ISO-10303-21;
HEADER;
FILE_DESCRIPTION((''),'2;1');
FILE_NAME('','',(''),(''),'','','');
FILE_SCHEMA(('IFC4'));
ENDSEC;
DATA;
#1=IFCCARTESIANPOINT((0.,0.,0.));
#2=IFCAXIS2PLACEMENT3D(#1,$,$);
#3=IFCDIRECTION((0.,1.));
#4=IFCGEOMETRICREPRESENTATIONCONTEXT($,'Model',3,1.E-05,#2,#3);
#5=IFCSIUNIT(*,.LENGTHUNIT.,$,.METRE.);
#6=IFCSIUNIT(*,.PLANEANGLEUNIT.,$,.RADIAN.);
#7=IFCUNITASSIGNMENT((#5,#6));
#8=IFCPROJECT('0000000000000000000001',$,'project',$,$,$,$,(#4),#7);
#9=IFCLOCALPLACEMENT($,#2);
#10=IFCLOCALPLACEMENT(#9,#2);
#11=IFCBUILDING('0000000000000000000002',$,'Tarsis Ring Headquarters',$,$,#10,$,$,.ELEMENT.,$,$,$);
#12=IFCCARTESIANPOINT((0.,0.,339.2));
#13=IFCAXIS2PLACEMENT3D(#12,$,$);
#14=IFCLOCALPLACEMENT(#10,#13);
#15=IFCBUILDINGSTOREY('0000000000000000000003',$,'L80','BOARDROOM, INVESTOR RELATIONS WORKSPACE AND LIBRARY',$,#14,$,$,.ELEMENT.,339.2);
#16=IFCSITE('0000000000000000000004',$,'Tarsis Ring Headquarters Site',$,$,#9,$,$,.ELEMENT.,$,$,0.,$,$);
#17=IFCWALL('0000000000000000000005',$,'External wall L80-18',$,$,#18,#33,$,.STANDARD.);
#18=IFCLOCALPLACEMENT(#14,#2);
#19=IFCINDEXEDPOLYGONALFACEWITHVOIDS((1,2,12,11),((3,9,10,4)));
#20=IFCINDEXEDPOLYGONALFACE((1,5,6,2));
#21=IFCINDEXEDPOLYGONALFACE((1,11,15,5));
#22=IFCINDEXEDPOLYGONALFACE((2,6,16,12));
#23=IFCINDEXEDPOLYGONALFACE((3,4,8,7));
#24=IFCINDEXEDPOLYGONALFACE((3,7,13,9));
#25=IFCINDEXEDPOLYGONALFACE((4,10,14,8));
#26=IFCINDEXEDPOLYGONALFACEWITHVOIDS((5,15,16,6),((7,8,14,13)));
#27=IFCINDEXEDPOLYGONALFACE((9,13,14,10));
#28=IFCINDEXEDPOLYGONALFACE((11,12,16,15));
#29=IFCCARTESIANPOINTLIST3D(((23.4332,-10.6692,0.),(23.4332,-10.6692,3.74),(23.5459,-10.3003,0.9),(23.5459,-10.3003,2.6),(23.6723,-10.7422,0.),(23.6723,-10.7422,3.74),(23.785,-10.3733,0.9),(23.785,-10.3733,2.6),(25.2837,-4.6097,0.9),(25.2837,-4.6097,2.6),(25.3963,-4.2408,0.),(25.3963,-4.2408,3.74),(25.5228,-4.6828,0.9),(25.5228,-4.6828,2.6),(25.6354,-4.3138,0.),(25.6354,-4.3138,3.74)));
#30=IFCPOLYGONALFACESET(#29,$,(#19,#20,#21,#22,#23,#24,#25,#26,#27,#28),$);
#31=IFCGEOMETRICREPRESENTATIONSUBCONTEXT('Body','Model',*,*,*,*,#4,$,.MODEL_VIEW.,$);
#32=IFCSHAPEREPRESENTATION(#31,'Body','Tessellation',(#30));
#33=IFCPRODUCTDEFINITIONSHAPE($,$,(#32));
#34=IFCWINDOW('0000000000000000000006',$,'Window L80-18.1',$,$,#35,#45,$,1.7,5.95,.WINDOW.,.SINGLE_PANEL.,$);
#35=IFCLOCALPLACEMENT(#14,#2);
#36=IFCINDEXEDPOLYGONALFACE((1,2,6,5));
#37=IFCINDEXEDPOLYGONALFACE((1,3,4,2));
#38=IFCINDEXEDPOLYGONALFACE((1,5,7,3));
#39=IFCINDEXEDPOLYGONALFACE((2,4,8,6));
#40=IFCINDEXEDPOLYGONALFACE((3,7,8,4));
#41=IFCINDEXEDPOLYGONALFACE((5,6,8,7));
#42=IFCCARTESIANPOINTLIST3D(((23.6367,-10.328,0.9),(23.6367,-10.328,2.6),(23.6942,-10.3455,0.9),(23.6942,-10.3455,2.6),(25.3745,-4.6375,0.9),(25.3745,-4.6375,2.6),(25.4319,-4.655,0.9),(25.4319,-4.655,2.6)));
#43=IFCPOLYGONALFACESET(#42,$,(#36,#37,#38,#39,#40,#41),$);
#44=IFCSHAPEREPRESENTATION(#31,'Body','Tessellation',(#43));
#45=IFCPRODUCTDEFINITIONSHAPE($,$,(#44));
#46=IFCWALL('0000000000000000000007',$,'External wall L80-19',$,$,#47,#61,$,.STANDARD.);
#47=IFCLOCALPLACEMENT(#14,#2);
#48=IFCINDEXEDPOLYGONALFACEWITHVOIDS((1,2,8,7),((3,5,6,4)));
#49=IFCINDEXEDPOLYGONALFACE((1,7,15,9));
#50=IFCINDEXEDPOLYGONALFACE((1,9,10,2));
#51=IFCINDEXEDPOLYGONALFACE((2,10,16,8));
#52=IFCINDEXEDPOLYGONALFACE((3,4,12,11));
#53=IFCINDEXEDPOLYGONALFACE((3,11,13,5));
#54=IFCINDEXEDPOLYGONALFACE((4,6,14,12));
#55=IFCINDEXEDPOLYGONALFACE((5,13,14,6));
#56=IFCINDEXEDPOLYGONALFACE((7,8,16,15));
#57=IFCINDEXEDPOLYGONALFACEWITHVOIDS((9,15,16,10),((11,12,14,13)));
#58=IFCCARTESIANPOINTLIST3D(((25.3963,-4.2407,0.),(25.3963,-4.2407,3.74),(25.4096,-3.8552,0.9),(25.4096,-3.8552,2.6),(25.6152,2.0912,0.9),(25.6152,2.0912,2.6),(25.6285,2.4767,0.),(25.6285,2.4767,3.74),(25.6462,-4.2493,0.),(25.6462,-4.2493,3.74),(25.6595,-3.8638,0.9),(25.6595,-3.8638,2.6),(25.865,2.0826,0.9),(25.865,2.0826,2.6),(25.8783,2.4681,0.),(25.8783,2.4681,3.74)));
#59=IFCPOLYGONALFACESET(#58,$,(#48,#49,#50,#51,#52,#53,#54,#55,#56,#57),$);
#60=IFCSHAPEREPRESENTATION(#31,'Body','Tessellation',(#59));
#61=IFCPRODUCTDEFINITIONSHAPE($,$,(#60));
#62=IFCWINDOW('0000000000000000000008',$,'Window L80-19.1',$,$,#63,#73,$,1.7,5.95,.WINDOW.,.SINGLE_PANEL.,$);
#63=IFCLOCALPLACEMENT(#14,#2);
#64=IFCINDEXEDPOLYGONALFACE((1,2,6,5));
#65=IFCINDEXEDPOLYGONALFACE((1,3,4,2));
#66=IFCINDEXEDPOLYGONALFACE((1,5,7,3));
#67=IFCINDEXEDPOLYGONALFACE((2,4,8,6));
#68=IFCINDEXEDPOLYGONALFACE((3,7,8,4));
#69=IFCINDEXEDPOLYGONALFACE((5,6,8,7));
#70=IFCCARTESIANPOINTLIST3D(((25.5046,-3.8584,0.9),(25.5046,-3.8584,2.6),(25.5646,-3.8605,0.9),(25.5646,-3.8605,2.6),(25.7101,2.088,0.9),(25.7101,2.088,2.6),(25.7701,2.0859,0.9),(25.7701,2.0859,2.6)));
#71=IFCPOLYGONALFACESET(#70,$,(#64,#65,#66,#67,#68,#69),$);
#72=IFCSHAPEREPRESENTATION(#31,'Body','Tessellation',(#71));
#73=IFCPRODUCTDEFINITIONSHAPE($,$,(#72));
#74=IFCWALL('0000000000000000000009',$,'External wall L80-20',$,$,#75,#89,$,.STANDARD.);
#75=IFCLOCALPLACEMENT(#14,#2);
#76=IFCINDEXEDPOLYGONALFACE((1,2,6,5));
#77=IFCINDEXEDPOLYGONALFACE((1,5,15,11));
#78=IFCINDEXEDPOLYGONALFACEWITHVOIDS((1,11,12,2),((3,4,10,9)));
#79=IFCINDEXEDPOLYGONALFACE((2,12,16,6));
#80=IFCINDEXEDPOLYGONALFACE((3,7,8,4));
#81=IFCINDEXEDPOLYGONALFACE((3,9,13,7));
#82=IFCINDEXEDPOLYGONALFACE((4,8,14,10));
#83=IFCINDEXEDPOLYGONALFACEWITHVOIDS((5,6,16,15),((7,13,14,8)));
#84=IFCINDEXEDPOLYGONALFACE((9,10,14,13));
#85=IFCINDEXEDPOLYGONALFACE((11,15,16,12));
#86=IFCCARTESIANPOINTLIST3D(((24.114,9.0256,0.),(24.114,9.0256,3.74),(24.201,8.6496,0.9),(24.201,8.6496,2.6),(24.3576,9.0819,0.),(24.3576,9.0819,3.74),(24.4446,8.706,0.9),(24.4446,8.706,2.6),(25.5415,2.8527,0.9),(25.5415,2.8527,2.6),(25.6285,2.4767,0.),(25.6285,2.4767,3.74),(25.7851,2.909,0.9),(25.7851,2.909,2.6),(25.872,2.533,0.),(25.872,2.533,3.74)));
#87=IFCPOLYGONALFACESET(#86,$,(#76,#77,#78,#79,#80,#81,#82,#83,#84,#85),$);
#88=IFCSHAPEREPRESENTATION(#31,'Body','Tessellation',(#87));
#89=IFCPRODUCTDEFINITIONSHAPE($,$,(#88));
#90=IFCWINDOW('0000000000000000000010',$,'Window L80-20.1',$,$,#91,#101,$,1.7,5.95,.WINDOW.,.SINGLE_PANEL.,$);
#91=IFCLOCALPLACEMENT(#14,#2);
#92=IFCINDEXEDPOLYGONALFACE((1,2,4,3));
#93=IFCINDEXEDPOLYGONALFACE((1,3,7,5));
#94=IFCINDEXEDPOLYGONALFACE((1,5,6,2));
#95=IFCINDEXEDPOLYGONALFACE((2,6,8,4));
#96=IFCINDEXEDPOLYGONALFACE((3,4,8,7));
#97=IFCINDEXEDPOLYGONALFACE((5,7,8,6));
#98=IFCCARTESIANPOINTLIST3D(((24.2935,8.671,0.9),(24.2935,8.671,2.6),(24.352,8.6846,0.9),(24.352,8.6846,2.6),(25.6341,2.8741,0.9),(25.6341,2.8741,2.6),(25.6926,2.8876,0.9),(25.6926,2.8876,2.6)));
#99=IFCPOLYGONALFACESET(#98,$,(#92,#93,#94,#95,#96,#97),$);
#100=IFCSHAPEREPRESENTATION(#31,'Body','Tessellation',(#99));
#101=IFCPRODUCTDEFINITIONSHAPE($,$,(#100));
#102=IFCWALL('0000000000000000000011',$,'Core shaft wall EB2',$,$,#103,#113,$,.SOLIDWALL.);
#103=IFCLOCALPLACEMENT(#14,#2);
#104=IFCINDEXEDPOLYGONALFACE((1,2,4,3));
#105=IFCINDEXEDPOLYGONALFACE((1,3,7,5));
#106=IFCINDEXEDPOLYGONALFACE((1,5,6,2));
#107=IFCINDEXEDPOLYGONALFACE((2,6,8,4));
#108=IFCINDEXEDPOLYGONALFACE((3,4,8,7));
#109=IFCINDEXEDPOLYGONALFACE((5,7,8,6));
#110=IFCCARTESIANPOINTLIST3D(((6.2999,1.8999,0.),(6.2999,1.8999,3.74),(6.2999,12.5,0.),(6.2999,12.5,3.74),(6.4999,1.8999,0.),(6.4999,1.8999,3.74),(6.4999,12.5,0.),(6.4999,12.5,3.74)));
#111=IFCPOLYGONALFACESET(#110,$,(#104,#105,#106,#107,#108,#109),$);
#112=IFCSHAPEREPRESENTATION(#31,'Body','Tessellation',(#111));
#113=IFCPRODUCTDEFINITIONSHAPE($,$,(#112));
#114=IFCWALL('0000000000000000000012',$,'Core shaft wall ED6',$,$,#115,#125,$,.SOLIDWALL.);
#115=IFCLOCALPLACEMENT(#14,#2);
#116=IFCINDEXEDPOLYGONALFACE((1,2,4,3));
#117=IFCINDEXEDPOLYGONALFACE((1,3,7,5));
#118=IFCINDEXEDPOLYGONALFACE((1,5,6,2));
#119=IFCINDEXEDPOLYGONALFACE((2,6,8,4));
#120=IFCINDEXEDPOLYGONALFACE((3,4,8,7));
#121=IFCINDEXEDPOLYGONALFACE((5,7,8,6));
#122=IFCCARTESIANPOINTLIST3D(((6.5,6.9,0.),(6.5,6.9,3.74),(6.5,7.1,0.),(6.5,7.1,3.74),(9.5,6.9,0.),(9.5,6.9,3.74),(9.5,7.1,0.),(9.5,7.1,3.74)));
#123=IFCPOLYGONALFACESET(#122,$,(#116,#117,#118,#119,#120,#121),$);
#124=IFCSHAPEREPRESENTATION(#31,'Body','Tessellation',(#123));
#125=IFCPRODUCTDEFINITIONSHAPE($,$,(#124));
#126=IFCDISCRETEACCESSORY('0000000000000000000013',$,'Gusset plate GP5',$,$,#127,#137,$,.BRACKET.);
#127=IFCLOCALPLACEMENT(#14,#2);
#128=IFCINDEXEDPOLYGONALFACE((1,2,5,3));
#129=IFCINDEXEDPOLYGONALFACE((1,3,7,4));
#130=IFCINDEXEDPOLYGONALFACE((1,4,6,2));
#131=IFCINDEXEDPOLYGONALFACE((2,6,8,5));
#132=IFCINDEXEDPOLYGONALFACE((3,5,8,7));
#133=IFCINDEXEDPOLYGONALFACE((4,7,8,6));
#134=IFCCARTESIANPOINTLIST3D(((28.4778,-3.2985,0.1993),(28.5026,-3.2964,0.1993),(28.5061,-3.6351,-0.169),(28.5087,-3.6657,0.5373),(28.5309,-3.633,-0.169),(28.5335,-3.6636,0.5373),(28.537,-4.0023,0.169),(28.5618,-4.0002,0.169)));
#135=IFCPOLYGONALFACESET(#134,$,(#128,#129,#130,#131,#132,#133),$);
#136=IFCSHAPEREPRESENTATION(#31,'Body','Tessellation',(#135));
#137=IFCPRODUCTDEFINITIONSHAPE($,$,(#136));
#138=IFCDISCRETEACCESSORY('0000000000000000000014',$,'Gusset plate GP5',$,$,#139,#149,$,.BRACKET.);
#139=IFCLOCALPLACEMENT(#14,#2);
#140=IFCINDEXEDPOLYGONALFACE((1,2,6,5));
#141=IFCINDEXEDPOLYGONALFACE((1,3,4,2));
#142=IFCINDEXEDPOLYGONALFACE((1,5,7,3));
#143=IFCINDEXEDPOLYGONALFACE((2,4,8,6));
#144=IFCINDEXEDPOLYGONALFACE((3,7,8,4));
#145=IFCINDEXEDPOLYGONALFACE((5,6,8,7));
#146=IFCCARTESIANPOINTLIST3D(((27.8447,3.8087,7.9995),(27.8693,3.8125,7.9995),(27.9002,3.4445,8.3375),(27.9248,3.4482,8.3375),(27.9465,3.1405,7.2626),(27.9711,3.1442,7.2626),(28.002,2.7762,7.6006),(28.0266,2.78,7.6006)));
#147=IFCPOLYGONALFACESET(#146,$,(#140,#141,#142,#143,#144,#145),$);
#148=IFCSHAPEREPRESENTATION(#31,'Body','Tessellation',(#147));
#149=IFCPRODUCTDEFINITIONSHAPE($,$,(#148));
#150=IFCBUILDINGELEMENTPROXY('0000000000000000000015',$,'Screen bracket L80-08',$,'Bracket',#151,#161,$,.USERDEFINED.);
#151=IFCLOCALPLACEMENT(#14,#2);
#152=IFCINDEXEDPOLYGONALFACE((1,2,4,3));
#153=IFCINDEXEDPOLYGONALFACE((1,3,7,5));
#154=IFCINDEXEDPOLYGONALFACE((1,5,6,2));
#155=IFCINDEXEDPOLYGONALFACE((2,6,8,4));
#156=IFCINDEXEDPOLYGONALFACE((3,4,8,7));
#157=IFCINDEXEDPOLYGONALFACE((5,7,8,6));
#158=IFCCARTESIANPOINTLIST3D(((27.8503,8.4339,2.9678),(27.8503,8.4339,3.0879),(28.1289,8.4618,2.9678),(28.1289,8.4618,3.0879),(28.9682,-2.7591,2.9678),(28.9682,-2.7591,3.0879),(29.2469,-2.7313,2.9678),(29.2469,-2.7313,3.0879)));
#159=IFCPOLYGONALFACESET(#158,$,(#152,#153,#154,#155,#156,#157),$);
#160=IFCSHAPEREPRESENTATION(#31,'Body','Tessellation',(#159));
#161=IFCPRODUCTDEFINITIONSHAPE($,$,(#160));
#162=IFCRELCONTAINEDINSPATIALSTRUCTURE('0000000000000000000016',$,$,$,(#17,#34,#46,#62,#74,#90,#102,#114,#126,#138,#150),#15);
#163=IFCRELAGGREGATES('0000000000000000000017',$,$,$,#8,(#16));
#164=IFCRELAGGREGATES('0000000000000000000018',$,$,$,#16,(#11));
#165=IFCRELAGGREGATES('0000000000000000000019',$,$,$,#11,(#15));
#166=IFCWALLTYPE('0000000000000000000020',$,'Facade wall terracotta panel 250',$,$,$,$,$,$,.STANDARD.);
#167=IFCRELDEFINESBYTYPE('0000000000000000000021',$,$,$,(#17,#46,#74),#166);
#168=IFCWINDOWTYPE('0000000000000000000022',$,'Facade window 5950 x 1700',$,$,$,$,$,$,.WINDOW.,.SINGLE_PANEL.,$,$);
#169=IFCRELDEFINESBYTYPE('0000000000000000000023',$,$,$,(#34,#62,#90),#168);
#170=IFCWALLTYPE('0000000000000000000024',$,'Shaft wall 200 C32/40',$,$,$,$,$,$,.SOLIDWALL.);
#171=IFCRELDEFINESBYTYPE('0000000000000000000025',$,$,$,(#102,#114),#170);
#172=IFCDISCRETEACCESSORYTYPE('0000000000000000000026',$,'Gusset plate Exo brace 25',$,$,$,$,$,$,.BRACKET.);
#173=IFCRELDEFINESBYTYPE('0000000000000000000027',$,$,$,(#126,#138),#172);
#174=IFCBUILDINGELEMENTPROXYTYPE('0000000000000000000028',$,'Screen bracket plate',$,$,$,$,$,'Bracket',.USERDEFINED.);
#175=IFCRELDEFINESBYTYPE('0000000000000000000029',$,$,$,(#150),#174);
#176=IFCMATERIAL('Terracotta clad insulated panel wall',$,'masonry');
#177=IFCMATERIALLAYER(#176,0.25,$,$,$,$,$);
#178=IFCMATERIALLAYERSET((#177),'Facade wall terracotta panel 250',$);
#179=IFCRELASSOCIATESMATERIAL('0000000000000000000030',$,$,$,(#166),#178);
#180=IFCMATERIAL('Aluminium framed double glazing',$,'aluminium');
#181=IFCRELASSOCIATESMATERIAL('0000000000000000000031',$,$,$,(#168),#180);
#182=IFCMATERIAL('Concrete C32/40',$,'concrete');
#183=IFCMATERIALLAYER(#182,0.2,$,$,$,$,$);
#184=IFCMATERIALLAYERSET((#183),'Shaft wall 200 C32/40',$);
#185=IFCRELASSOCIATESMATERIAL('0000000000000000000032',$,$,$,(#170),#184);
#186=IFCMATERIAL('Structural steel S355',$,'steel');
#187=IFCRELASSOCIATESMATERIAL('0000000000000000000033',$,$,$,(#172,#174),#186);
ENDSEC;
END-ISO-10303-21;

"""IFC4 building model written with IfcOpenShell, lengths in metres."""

from ifc_helpers import new_model, si_unit, direction, frame, frame_2d, origin, origin_2d, place, context, subcontext, project, spatial, rectangle, extrude, material, layer, layer_set, material_profile, profile_set, type_object, element, fill, save


model = new_model("IFC4")

# Units and contexts
model_context = context("Model", 3, precision=1e-05, world=origin(), true_north=direction((0.0, 1.0)))
body_context = subcontext(model_context, "Body", "Model", "MODEL_VIEW")
ifc_project = project(units=[si_unit("LENGTHUNIT", "METRE"), si_unit("PLANEANGLEUNIT", "RADIAN")], contexts=[model_context])

# Site, building, storey
site_placement = place(None, origin())
site = spatial("IfcSite", under=ifc_project, at=site_placement, Name="Tarsis Ring Headquarters Site", CompositionType="ELEMENT", RefElevation=0.0)
building_placement = place(site_placement, origin())
building = spatial("IfcBuilding", under=site, at=building_placement, Name="Tarsis Ring Headquarters", CompositionType="ELEMENT")
storey_placement = place(building_placement, frame((0.0, 0.0, 339.2)))
storey = spatial("IfcBuildingStorey", under=building, at=storey_placement, Name="L80", Description="BOARDROOM, INVESTOR RELATIONS WORKSPACE AND LIBRARY", CompositionType="ELEMENT", Elevation=339.2)

# Shared definitions
ifc_material_1 = material(Name="Structural steel S355", Category="steel")

# Walls, openings, windows
ifc_material_2 = material(Name="Terracotta clad insulated panel wall", Category="masonry")
ifc_layer_1 = layer(ifc_material_2, 0.25)
ifc_layer_set_1 = layer_set([ifc_layer_1], Name="Facade wall terracotta panel 250")
wall_type_1 = type_object("IfcWallType", Name="Facade wall terracotta panel 250", PredefinedType="STANDARD", material=ifc_layer_set_1)
wall_1_placement = place(storey_placement, frame((23.5527, -10.7058, 0.0), z_axis=(0.0, 0.0, 1.0), x_axis=(0.292066, 0.956398, 0.0)))
wall_1 = element("IfcWall", 1, at=wall_1_placement, inside=storey, type_object=wall_type_1, Name="External wall L80-18", PredefinedType="STANDARD", context=body_context, shape_type="SweptSolid", body=[
    extrude(rectangle(XDim=6.7214, YDim=0.25, at=frame_2d((3.3608, 0.0))), origin(), (0.0, 0.0, 1.0), 3.74),
])
opening_1_placement = place(wall_1_placement, frame((0.3857, 0.0, 0.8999)))
opening_1 = element("IfcOpeningElement", 2, at=opening_1_placement, cuts=wall_1, PredefinedType="OPENING", context=body_context, shape_type="SweptSolid", body=[
    extrude(rectangle(XDim=5.95, YDim=1.7, at=frame_2d((2.9751, 0.8501))), frame((0.0, 0.135, 0.0), z_axis=(0.0, -1.0, 0.0), x_axis=(1.0, 0.0, 0.0)), (0.0, 0.0, 1.0), 0.27),
])
ifc_material_3 = material(Name="Aluminium framed double glazing", Category="aluminium")
window_type = type_object("IfcWindowType", Name="Facade window 5950 x 1700", PartitioningType="SINGLE_PANEL", PredefinedType="WINDOW", material=ifc_material_3)
window_1_placement = place(opening_1_placement, origin())
window_1 = element("IfcWindow", 3, at=window_1_placement, inside=storey, type_object=window_type, Name="Window L80-18.1", OverallHeight=1.7, OverallWidth=5.95, PartitioningType="SINGLE_PANEL", PredefinedType="WINDOW", context=body_context, shape_type="SweptSolid", body=[
    extrude(rectangle(XDim=5.95, YDim=1.7, at=frame_2d((2.9751, 0.8501))), frame((0.0, 0.03, 0.0), z_axis=(0.0, -1.0, 0.0), x_axis=(1.0, 0.0, 0.0)), (0.0, 0.0, 1.0), 0.0601),
])
fill(opening_1, window_1)
wall_2_placement = place(storey_placement, frame((25.5212, -4.2451, 0.0), z_axis=(0.0, 0.0, 1.0), x_axis=(0.034542, 0.999403, 0.0)))
wall_2 = element("IfcWall", 4, at=wall_2_placement, inside=storey, type_object=wall_type_1, Name="External wall L80-19", PredefinedType="STANDARD", context=body_context, shape_type="SweptSolid", body=[
    extrude(rectangle(XDim=6.7214, YDim=0.25, at=frame_2d((3.3608, 0.0))), origin(), (0.0, 0.0, 1.0), 3.74),
])
opening_2_placement = place(wall_2_placement, frame((0.3857, 0.0, 0.8999)))
opening_2 = element("IfcOpeningElement", 5, at=opening_2_placement, cuts=wall_2, PredefinedType="OPENING", context=body_context, shape_type="SweptSolid", body=[
    extrude(rectangle(XDim=5.95, YDim=1.7, at=frame_2d((2.9751, 0.8501))), frame((0.0, 0.135, 0.0), z_axis=(0.0, -1.0, 0.0), x_axis=(1.0, 0.0, 0.0)), (0.0, 0.0, 1.0), 0.27),
])
window_2_placement = place(opening_2_placement, origin())
window_2 = element("IfcWindow", 6, at=window_2_placement, inside=storey, type_object=window_type, Name="Window L80-19.1", OverallHeight=1.7, OverallWidth=5.95, PartitioningType="SINGLE_PANEL", PredefinedType="WINDOW", context=body_context, shape_type="SweptSolid", body=[
    extrude(rectangle(XDim=5.95, YDim=1.7, at=frame_2d((2.9751, 0.8501))), frame((0.0, 0.03, 0.0), z_axis=(0.0, -1.0, 0.0), x_axis=(1.0, 0.0, 0.0)), (0.0, 0.0, 1.0), 0.0601),
])
fill(opening_2, window_2)
wall_3_placement = place(storey_placement, frame((25.7502, 2.5049, 0.0), z_axis=(0.0, 0.0, 1.0), x_axis=(-0.225302, 0.974289, 0.0)))
wall_3 = element("IfcWall", 7, at=wall_3_placement, inside=storey, type_object=wall_type_1, Name="External wall L80-20", PredefinedType="STANDARD", context=body_context, shape_type="SweptSolid", body=[
    extrude(rectangle(XDim=6.7217, YDim=0.25, at=frame_2d((3.3608, 0.0))), origin(), (0.0, 0.0, 1.0), 3.74),
])
opening_3_placement = place(wall_3_placement, frame((0.3857, 0.0, 0.8999)))
opening_3 = element("IfcOpeningElement", 8, at=opening_3_placement, cuts=wall_3, PredefinedType="OPENING", context=body_context, shape_type="SweptSolid", body=[
    extrude(rectangle(XDim=5.95, YDim=1.7, at=frame_2d((2.9751, 0.8501))), frame((0.0, 0.135, 0.0), z_axis=(0.0, -1.0, 0.0), x_axis=(1.0, 0.0, 0.0)), (0.0, 0.0, 1.0), 0.27),
])
window_3_placement = place(opening_3_placement, origin())
window_3 = element("IfcWindow", 9, at=window_3_placement, inside=storey, type_object=window_type, Name="Window L80-20.1", OverallHeight=1.7, OverallWidth=5.95, PartitioningType="SINGLE_PANEL", PredefinedType="WINDOW", context=body_context, shape_type="SweptSolid", body=[
    extrude(rectangle(XDim=5.95, YDim=1.7, at=frame_2d((2.9751, 0.8501))), frame((0.0, 0.03, 0.0), z_axis=(0.0, -1.0, 0.0), x_axis=(1.0, 0.0, 0.0)), (0.0, 0.0, 1.0), 0.0601),
])
fill(opening_3, window_3)

# Walls
ifc_material_4 = material(Name="Concrete C32/40", Category="concrete")
ifc_layer_2 = layer(ifc_material_4, 0.2)
ifc_layer_set_2 = layer_set([ifc_layer_2], Name="Shaft wall 200 C32/40")
wall_type_2 = type_object("IfcWallType", Name="Shaft wall 200 C32/40", PredefinedType="SOLIDWALL", material=ifc_layer_set_2)
wall_4_placement = place(storey_placement, frame((6.3999, 1.8999, 0.0), z_axis=(0.0, 0.0, 1.0), x_axis=(0.0, 1.0, 0.0)))
element("IfcWall", 10, at=wall_4_placement, inside=storey, type_object=wall_type_2, Name="Core shaft wall EB2", PredefinedType="SOLIDWALL", context=body_context, shape_type="SweptSolid", body=[
    extrude(rectangle(XDim=10.6001, YDim=0.2, at=frame_2d((5.3, 0.0))), origin(), (0.0, 0.0, 1.0), 3.74),
])
wall_5_placement = place(storey_placement, frame((6.5, 7.0, 0.0), z_axis=(0.0, 0.0, 1.0), x_axis=(1.0, 0.0, 0.0)))
element("IfcWall", 11, at=wall_5_placement, inside=storey, type_object=wall_type_2, Name="Core shaft wall ED6", PredefinedType="SOLIDWALL", context=body_context, shape_type="SweptSolid", body=[
    extrude(rectangle(XDim=3.0, YDim=0.2, at=frame_2d((1.5, 0.0))), origin(), (0.0, 0.0, 1.0), 3.74),
])

# Discrete accessories
ifc_material_profile_1 = material_profile(ifc_material_1, rectangle(XDim=0.0249, YDim=0.5, at=origin_2d()), Name="PL 25x500")
ifc_profile_set_1 = profile_set([ifc_material_profile_1], Name="Structural steel S355")
discrete_accessory_type = type_object("IfcDiscreteAccessoryType", Name="Gusset plate Exo brace 25", PredefinedType="BRACKET", material=ifc_profile_set_1)
discrete_accessory_1_placement = place(storey_placement, frame((28.5339, -3.8176, 0.0), z_axis=(-0.056655, 0.673511, 0.737003), x_axis=(-0.996481, -0.083823, 0.0)))
element("IfcDiscreteAccessory", 12, at=discrete_accessory_1_placement, inside=storey, type_object=discrete_accessory_type, Name="Gusset plate GP5", PredefinedType="BRACKET", context=body_context, shape_type="SweptSolid", body=[
    extrude(rectangle(XDim=0.0249, YDim=0.5, at=origin_2d()), origin(), (0.0, 0.0, 1.0), 0.4998),
])
discrete_accessory_2_placement = place(storey_placement, frame((27.9866, 2.9602, 7.4316), z_axis=(-0.101818, 0.668289, 0.736901), x_axis=(-0.988592, -0.150619, 0.0)))
element("IfcDiscreteAccessory", 13, at=discrete_accessory_2_placement, inside=storey, type_object=discrete_accessory_type, Name="Gusset plate GP5", PredefinedType="BRACKET", context=body_context, shape_type="SweptSolid", body=[
    extrude(rectangle(XDim=0.0249, YDim=0.5, at=origin_2d()), origin(), (0.0, 0.0, 1.0), 1.0),
])

# Building element proxy
building_element_proxy_type = type_object("IfcBuildingElementProxyType", Name="Screen bracket plate", ElementType="Bracket", PredefinedType="USERDEFINED", material=ifc_material_1)
proxy_placement = place(storey_placement, frame((28.5486, 2.8513, 2.9678), z_axis=(0.0, 0.0, 1.0), x_axis=(-0.099385, 0.995049, 0.0)))
element("IfcBuildingElementProxy", 14, at=proxy_placement, inside=storey, type_object=building_element_proxy_type, Name="Screen bracket L80-08", ObjectType="Bracket", PredefinedType="USERDEFINED", context=body_context, shape_type="SweptSolid", body=[
    extrude(rectangle(XDim=11.2488, YDim=0.28, at=origin_2d()), origin(), (0.0, 0.0, 1.0), 0.1201),
])

save(model, "model.ifc")
